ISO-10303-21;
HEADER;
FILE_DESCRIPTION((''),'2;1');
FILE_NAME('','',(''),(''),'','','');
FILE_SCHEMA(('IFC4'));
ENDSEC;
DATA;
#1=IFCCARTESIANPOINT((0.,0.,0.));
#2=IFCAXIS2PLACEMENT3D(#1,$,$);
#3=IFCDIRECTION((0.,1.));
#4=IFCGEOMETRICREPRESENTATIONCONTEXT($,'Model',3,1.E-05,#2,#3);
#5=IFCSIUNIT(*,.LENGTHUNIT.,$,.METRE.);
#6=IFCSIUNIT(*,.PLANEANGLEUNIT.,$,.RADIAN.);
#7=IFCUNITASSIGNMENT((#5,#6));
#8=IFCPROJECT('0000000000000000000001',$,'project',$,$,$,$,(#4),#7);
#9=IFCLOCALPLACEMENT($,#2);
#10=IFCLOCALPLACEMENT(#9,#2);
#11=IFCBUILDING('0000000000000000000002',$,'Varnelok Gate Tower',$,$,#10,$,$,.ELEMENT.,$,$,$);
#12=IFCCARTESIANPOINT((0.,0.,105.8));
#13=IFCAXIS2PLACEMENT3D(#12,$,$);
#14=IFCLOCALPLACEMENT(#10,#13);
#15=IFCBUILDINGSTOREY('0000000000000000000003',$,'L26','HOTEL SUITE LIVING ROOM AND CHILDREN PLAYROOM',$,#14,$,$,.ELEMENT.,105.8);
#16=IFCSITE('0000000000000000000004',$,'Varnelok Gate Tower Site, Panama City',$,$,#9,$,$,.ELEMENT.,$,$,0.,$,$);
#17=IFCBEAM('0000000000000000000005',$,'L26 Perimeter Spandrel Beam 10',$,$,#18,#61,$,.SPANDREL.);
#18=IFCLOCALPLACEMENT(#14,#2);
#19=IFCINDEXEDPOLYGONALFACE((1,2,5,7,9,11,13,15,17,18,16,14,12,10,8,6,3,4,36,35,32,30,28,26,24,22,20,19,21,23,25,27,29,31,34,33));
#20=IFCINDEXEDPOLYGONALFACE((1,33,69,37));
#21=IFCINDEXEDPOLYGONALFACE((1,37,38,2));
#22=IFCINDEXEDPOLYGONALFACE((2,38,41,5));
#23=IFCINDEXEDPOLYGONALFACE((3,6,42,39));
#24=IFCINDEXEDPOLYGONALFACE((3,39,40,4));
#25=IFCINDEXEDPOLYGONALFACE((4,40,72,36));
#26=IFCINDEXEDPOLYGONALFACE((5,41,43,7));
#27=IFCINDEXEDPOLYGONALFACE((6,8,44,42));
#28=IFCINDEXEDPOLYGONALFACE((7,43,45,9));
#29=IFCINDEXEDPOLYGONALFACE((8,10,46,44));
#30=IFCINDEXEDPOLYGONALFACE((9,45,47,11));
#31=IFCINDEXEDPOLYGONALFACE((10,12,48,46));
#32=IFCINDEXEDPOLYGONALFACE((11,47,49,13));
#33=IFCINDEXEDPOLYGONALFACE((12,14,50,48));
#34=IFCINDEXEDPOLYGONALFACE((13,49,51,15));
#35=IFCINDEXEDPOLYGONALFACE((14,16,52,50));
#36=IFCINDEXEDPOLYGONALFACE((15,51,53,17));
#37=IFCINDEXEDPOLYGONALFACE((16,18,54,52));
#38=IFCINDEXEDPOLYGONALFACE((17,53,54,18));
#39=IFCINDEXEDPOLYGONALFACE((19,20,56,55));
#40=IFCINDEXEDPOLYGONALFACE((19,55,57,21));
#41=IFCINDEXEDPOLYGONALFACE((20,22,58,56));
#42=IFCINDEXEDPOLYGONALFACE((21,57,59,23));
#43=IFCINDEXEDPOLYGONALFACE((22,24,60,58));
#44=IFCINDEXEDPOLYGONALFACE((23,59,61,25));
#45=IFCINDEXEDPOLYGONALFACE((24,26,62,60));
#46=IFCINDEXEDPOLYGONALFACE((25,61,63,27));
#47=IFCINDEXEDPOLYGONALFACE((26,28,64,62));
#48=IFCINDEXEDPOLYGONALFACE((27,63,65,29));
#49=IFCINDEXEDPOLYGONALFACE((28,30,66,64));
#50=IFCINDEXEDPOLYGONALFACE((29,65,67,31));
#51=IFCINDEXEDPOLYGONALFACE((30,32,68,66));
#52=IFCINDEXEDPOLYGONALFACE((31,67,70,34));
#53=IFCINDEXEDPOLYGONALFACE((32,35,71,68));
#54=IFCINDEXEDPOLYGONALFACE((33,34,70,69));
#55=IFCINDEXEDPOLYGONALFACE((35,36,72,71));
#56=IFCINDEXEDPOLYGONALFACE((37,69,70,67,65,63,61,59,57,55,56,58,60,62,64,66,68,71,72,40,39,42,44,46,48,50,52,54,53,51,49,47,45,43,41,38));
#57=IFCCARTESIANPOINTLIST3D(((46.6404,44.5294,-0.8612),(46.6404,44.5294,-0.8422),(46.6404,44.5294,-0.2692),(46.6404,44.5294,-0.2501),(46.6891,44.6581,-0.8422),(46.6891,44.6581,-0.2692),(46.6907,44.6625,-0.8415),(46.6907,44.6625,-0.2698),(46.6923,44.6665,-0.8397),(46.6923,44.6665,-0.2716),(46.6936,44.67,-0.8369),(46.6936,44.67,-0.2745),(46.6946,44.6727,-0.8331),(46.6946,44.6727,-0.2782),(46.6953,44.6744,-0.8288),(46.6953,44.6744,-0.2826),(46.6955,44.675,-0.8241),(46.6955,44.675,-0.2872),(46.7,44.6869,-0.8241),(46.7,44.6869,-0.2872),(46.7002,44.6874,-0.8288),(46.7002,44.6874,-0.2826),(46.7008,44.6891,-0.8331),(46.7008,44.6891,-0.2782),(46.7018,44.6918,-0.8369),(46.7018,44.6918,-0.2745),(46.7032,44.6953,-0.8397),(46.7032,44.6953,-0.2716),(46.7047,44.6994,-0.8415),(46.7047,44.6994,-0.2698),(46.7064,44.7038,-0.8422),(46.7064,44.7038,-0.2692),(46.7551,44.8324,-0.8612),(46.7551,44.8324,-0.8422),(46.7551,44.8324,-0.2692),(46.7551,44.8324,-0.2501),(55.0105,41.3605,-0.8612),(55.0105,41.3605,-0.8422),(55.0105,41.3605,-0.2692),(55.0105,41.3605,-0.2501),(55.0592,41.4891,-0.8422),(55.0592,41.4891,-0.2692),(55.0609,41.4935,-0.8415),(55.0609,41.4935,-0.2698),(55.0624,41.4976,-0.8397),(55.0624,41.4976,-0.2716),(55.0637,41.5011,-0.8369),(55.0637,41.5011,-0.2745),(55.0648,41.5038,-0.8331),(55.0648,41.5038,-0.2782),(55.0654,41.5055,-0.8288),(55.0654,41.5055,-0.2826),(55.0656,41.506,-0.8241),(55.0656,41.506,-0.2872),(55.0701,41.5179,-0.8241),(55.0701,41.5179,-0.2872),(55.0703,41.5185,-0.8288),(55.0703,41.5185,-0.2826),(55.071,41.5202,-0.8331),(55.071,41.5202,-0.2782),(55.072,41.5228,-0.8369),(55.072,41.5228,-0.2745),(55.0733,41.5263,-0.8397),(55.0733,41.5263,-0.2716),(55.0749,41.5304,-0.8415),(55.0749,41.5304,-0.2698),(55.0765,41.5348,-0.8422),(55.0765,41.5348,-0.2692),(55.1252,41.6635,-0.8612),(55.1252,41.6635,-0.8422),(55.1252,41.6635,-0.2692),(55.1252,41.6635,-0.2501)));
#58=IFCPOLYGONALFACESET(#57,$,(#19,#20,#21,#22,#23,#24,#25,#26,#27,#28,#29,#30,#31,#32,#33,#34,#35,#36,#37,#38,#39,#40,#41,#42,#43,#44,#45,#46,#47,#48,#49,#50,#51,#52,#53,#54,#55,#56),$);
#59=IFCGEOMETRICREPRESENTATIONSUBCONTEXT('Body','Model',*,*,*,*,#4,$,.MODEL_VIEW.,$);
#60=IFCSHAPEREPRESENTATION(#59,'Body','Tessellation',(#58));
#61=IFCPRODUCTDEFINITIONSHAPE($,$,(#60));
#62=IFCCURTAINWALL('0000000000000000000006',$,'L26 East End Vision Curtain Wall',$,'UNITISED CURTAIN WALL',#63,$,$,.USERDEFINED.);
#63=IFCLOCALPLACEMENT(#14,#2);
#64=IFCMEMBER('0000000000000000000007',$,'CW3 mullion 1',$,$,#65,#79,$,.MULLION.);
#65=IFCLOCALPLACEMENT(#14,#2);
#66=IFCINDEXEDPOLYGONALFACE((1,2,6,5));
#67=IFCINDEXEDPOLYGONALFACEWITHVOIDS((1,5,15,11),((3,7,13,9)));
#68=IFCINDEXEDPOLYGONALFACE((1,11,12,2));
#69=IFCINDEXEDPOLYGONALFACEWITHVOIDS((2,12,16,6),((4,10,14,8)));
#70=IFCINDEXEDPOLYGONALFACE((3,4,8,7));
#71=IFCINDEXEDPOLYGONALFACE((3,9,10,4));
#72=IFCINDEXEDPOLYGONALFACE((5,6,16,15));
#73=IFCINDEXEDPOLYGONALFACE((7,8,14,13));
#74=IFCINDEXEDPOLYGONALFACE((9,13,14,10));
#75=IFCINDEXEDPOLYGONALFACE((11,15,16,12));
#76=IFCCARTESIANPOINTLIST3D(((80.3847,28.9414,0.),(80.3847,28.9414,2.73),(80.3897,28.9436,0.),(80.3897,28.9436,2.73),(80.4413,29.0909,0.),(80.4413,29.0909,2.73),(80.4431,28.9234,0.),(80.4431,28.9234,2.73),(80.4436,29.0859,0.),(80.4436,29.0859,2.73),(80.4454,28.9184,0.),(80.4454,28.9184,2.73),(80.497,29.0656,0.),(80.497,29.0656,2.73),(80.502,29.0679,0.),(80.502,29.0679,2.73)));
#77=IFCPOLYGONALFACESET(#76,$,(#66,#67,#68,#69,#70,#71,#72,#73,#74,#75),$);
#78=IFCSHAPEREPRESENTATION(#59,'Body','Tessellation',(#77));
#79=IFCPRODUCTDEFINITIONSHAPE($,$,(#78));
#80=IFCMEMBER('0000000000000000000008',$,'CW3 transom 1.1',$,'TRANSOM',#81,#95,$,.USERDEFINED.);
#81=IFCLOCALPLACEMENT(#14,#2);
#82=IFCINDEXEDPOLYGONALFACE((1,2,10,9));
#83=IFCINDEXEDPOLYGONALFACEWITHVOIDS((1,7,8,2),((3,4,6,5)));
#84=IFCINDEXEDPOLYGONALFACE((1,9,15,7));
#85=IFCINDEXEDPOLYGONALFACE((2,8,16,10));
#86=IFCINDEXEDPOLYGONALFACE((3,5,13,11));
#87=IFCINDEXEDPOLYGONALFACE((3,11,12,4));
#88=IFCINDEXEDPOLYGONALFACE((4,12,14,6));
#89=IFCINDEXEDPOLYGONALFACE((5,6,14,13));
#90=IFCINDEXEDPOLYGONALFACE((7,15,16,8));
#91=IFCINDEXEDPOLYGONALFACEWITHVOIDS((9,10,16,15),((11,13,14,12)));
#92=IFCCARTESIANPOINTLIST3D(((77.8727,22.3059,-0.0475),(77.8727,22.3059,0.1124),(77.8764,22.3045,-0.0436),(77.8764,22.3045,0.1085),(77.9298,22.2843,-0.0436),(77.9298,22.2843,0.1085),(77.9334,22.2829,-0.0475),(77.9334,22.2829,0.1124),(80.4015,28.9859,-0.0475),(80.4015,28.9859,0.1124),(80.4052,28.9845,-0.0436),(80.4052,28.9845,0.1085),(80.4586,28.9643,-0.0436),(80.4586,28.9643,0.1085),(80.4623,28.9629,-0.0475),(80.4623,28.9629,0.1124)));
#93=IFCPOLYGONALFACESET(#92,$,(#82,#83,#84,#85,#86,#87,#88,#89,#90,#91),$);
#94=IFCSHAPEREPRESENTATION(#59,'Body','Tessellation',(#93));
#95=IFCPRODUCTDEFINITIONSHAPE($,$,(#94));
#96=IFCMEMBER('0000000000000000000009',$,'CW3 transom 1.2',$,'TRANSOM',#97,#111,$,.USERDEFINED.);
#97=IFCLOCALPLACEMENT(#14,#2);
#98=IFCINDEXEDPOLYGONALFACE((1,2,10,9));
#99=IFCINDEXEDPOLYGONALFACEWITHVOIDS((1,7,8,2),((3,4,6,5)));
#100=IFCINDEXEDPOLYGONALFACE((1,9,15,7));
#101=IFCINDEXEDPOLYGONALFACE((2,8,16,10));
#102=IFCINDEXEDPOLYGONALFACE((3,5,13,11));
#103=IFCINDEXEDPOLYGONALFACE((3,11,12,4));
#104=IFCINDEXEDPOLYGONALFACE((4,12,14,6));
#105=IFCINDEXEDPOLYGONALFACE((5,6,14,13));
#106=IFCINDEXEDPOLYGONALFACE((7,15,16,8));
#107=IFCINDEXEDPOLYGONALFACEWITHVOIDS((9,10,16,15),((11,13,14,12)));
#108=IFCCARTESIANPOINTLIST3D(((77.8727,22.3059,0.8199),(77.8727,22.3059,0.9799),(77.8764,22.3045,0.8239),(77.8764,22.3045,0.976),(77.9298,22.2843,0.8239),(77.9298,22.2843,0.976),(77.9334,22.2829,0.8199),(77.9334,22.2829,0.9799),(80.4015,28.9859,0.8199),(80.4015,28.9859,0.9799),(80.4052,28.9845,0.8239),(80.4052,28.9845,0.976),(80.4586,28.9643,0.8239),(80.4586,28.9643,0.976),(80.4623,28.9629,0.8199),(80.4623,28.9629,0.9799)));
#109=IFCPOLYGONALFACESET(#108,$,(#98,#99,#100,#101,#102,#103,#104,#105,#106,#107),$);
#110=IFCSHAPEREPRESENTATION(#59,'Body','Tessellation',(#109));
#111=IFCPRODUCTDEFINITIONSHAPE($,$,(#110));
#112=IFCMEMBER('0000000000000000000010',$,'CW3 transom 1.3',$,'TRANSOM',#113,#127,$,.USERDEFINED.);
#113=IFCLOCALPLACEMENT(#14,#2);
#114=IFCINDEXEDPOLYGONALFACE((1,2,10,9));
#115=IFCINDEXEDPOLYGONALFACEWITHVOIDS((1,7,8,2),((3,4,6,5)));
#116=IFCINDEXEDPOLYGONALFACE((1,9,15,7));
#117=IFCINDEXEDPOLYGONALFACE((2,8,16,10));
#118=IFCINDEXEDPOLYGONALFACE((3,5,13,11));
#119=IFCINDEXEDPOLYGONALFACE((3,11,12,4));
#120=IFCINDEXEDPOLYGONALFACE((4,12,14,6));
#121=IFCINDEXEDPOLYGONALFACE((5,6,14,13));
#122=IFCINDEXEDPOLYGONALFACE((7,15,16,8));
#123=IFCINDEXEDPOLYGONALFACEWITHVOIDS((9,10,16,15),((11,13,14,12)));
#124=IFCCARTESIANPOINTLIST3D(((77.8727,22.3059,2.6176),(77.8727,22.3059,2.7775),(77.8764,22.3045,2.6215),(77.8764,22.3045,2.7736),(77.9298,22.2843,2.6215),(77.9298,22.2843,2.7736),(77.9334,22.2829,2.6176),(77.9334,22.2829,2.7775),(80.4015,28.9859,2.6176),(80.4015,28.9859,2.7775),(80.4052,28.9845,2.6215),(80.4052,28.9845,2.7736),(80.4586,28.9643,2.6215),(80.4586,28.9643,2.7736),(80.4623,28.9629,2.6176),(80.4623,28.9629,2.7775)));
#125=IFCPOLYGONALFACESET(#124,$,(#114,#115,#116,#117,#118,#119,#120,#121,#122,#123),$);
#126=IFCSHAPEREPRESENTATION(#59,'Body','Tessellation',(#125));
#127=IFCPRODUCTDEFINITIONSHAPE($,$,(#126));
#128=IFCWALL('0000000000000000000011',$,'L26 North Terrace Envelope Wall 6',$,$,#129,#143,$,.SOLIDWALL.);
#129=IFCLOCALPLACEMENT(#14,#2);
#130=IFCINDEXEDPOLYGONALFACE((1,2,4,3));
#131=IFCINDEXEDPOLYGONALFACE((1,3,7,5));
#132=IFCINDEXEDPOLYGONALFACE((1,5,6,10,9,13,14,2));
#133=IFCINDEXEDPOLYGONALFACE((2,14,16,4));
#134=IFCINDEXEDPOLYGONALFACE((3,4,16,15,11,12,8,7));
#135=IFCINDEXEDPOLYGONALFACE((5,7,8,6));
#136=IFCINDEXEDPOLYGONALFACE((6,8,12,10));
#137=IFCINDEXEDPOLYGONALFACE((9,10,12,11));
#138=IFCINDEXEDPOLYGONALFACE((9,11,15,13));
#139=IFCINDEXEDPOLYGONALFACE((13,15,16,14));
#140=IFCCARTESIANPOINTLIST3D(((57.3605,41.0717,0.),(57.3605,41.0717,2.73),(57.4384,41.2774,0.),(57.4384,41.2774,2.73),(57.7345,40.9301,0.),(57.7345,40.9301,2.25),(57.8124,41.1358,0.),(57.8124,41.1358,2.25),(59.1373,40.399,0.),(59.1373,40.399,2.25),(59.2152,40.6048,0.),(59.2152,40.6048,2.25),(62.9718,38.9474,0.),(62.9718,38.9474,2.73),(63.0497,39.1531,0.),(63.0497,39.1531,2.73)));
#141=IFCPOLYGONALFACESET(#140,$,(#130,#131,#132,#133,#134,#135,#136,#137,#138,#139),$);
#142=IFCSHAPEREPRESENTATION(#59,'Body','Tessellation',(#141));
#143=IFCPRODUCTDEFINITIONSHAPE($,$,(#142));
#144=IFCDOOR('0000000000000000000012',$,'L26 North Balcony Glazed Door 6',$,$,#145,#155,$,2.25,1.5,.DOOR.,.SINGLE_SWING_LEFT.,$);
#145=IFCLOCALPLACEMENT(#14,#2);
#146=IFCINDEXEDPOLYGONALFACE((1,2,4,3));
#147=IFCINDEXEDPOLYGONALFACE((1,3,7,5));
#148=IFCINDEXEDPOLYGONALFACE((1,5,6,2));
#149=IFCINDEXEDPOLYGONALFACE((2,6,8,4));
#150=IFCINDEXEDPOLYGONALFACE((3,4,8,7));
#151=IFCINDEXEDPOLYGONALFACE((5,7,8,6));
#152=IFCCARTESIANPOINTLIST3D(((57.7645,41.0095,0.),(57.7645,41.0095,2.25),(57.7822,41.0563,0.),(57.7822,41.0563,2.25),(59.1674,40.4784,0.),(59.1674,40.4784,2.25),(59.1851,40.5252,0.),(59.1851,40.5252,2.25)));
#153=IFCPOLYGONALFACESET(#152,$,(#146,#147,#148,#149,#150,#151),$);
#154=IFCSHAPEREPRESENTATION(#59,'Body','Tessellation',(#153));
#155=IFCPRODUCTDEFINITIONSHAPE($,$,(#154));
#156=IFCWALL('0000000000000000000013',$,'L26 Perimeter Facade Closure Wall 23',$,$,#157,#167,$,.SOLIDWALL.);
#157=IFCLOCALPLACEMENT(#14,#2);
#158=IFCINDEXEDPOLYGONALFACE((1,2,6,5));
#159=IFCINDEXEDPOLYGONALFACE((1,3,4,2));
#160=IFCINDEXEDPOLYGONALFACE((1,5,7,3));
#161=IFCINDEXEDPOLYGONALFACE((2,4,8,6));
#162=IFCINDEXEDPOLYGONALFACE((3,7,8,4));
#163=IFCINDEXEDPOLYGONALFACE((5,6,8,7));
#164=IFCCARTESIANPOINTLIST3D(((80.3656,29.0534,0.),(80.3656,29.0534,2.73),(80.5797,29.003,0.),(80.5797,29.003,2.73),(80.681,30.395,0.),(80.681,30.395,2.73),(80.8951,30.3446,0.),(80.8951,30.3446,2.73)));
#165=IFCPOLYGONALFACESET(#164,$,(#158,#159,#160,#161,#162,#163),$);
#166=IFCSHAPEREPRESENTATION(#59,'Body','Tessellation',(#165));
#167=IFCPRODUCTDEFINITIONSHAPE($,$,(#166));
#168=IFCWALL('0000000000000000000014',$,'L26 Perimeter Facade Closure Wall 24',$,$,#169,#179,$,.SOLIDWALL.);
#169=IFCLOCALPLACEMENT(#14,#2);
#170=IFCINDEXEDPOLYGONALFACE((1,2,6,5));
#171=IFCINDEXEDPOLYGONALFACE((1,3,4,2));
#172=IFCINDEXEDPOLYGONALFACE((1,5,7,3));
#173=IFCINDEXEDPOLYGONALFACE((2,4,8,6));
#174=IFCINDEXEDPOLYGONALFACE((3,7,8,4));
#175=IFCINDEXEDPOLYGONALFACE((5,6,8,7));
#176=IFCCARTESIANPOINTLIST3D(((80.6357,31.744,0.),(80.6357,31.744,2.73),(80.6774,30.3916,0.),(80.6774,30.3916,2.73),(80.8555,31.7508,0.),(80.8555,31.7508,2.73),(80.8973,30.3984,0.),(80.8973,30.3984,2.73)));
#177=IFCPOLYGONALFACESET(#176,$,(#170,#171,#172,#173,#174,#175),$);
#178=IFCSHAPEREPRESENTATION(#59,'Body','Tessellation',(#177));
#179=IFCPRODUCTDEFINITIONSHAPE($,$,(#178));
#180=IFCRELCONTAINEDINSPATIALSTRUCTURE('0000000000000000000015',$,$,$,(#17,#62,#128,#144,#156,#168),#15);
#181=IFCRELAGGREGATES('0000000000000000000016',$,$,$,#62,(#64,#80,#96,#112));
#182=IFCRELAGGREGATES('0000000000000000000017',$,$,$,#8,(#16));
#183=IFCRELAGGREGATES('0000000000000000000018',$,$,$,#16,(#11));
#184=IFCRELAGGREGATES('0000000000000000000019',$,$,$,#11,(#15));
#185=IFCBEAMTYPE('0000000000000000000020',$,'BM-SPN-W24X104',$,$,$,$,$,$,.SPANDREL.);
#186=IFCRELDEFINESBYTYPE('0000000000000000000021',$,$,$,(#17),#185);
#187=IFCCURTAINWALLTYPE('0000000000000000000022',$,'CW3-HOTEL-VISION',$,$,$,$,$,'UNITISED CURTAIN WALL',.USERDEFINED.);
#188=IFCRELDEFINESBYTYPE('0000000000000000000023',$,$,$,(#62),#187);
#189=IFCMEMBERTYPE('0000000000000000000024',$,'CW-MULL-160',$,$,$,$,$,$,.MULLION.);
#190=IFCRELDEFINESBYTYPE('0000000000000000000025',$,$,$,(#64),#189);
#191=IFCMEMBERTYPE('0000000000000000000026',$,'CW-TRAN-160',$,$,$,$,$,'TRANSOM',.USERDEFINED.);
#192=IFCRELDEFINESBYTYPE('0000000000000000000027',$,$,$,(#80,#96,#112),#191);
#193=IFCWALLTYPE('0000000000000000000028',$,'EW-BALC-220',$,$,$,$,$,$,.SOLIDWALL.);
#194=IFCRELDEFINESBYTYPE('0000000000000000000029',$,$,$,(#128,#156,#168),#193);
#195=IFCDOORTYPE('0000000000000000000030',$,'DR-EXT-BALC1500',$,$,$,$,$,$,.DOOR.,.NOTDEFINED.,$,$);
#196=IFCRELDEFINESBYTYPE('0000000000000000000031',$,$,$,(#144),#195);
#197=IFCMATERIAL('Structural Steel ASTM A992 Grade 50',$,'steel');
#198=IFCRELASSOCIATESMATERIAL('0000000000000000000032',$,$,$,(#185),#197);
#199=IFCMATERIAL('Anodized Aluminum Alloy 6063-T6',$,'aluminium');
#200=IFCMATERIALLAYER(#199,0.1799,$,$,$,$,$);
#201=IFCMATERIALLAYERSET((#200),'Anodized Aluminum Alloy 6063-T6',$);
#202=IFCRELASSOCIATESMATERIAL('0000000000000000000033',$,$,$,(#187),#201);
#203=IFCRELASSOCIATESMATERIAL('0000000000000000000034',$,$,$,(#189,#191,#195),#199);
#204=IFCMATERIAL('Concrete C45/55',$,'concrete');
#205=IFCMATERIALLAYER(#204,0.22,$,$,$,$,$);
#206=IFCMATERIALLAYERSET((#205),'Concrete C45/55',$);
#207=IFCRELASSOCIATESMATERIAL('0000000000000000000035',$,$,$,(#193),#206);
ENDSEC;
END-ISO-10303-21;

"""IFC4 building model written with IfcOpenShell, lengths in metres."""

from ifc_helpers import new_model, si_unit, direction, frame, frame_2d, origin, origin_2d, place, context, subcontext, project, spatial, rectangle, hollow_rectangle, i_section, extrude, material, layer, layer_set, material_profile, profile_set, type_object, element, fill, aggregate, save


model = new_model("IFC4")

# Units and contexts
model_context = context("Model", 3, precision=1e-05, world=origin(), true_north=direction((0.0, 1.0)))
body_context = subcontext(model_context, "Body", "Model", "MODEL_VIEW")
ifc_project = project(units=[si_unit("LENGTHUNIT", "METRE"), si_unit("PLANEANGLEUNIT", "RADIAN")], contexts=[model_context])

# Site, building, storey
site_placement = place(None, origin())
site = spatial("IfcSite", under=ifc_project, at=site_placement, Name="Varnelok Gate Tower Site, Panama City", CompositionType="ELEMENT", RefElevation=0.0)
building_placement = place(site_placement, origin())
building = spatial("IfcBuilding", under=site, at=building_placement, Name="Varnelok Gate Tower", CompositionType="ELEMENT")
storey_placement = place(building_placement, frame((0.0, 0.0, 105.8)))
storey = spatial("IfcBuildingStorey", under=building, at=storey_placement, Name="L26", Description="HOTEL SUITE LIVING ROOM AND CHILDREN PLAYROOM", CompositionType="ELEMENT", Elevation=105.8)

# Shared definitions
ifc_material_1 = material(Name="Structural Steel ASTM A992 Grade 50", Category="steel")

# Beam
ifc_material_profile_1 = material_profile(ifc_material_1, i_section(OverallWidth=0.324, OverallDepth=0.6111, WebThickness=0.0127, FlangeThickness=0.019, FilletRadius=0.0181, at=origin_2d()), Name="W24X104")
ifc_profile_set_1 = profile_set([ifc_material_profile_1], Name="Structural Steel ASTM A992 Grade 50")
beam_type_1 = type_object("IfcBeamType", Name="BM-SPN-W24X104", PredefinedType="SPANDREL", material=ifc_profile_set_1)
beam_1_placement = place(storey_placement, frame((55.0679, 41.512, -0.5557), z_axis=(-0.935217, 0.354075, 0.0), x_axis=(-0.354075, -0.935217, 0.0)))
element("IfcBeam", 1, at=beam_1_placement, inside=storey, type_object=beam_type_1, Name="L26 Perimeter Spandrel Beam 10", PredefinedType="SPANDREL", context=body_context, shape_type="SweptSolid", body=[
    extrude(i_section(OverallWidth=0.324, OverallDepth=0.6111, WebThickness=0.0127, FlangeThickness=0.019, FilletRadius=0.0181, at=origin_2d()), origin(), (0.0, 0.0, 1.0), 8.95),
])

# Curtain wall, members
ifc_material_2 = material(Name="Anodized Aluminum Alloy 6063-T6", Category="aluminium")
ifc_layer_1 = layer(ifc_material_2, 0.1799)
ifc_layer_set_1 = layer_set([ifc_layer_1], Name="Anodized Aluminum Alloy 6063-T6")
curtain_wall_type = type_object("IfcCurtainWallType", Name="CW3-HOTEL-VISION", ElementType="UNITISED CURTAIN WALL", PredefinedType="USERDEFINED", material=ifc_layer_set_1)
curtain_wall_placement = place(storey_placement, origin())
curtain_wall = element("IfcCurtainWall", 2, at=curtain_wall_placement, inside=storey, type_object=curtain_wall_type, Name="L26 East End Vision Curtain Wall", ObjectType="UNITISED CURTAIN WALL", PredefinedType="USERDEFINED")
ifc_material_profile_2 = material_profile(ifc_material_2, hollow_rectangle(XDim=0.0649, YDim=0.1599, WallThickness=0.0039, at=origin_2d()), Name="ALU160X65X4")
ifc_profile_set_2 = profile_set([ifc_material_profile_2], Name="Anodized Aluminum Alloy 6063-T6")
member_type_1 = type_object("IfcMemberType", Name="CW-MULL-160", PredefinedType="MULLION", material=ifc_profile_set_2)
member_1_placement = place(storey_placement, frame((80.4434, 29.0046, 0.0), z_axis=(0.0, 0.0, 1.0), x_axis=(0.935221, -0.354064, 0.0)))
member_1 = element("IfcMember", 3, at=member_1_placement, type_object=member_type_1, Name="CW3 mullion 1", PredefinedType="MULLION", context=body_context, shape_type="SweptSolid", body=[
    extrude(hollow_rectangle(XDim=0.0649, YDim=0.1599, WallThickness=0.0039, at=origin_2d()), origin(), (0.0, 0.0, 1.0), 2.73),
])
ifc_material_profile_3 = material_profile(ifc_material_2, hollow_rectangle(XDim=0.0649, YDim=0.1599, WallThickness=0.0039, at=origin_2d()), Name="ALU160X65X4")
ifc_profile_set_3 = profile_set([ifc_material_profile_3], Name="Anodized Aluminum Alloy 6063-T6")
member_type_2 = type_object("IfcMemberType", Name="CW-TRAN-160", ElementType="TRANSOM", PredefinedType="USERDEFINED", material=ifc_profile_set_3)
member_2_placement = place(storey_placement, frame((80.4319, 28.9744, 0.0325), z_axis=(-0.354047, -0.935228, 0.0), x_axis=(0.935228, -0.354047, 0.0)))
member_2 = element("IfcMember", 4, at=member_2_placement, type_object=member_type_2, Name="CW3 transom 1.1", ObjectType="TRANSOM", PredefinedType="USERDEFINED", context=body_context, shape_type="SweptSolid", body=[
    extrude(hollow_rectangle(XDim=0.0649, YDim=0.1599, WallThickness=0.0039, at=origin_2d()), origin(), (0.0, 0.0, 1.0), 7.1426),
])
member_3_placement = place(storey_placement, frame((80.4319, 28.9744, 0.8999), z_axis=(-0.354047, -0.935228, 0.0), x_axis=(0.935228, -0.354047, 0.0)))
member_3 = element("IfcMember", 5, at=member_3_placement, type_object=member_type_2, Name="CW3 transom 1.2", ObjectType="TRANSOM", PredefinedType="USERDEFINED", context=body_context, shape_type="SweptSolid", body=[
    extrude(hollow_rectangle(XDim=0.0649, YDim=0.1599, WallThickness=0.0039, at=origin_2d()), origin(), (0.0, 0.0, 1.0), 7.1426),
])
member_4_placement = place(storey_placement, frame((80.4319, 28.9744, 2.6975), z_axis=(-0.354047, -0.935228, 0.0), x_axis=(0.935228, -0.354047, 0.0)))
member_4 = element("IfcMember", 6, at=member_4_placement, type_object=member_type_2, Name="CW3 transom 1.3", ObjectType="TRANSOM", PredefinedType="USERDEFINED", context=body_context, shape_type="SweptSolid", body=[
    extrude(hollow_rectangle(XDim=0.0649, YDim=0.1599, WallThickness=0.0039, at=origin_2d()), origin(), (0.0, 0.0, 1.0), 7.1426),
])
aggregate(curtain_wall, [member_1, member_2, member_3, member_4])

# Wall, opening, door
ifc_material_3 = material(Name="Concrete C45/55", Category="concrete")
ifc_layer_2 = layer(ifc_material_3, 0.22)
ifc_layer_set_2 = layer_set([ifc_layer_2], Name="Concrete C45/55")
wall_type = type_object("IfcWallType", Name="EW-BALC-220", PredefinedType="SOLIDWALL", material=ifc_layer_set_2)
wall_1_placement = place(storey_placement, frame((57.3994, 41.1746, 0.0), z_axis=(0.0, 0.0, 1.0), x_axis=(0.935228, -0.354047, 0.0)))
wall_1 = element("IfcWall", 7, at=wall_1_placement, inside=storey, type_object=wall_type, Name="L26 North Terrace Envelope Wall 6", PredefinedType="SOLIDWALL", context=body_context, shape_type="SweptSolid", body=[
    extrude(rectangle(XDim=6.0, YDim=0.22, at=frame_2d((3.0, 0.0))), origin(), (0.0, 0.0, 1.0), 2.73),
])
opening_1_placement = place(wall_1_placement, frame((0.3999, 0.0, 0.0)))
opening_1 = element("IfcOpeningElement", 8, at=opening_1_placement, cuts=wall_1, PredefinedType="OPENING", context=body_context, shape_type="SweptSolid", body=[
    extrude(rectangle(XDim=1.5, YDim=2.25, at=frame_2d((0.75, 1.125))), frame((0.0, 0.1199, 0.0), z_axis=(0.0, -1.0, 0.0), x_axis=(1.0, 0.0, 0.0)), (0.0, 0.0, 1.0), 0.24),
])
door_type = type_object("IfcDoorType", Name="DR-EXT-BALC1500", OperationType="NOTDEFINED", PredefinedType="DOOR", material=ifc_material_2)
door_placement = place(opening_1_placement, origin())
door = element("IfcDoor", 9, at=door_placement, inside=storey, type_object=door_type, Name="L26 North Balcony Glazed Door 6", OperationType="SINGLE_SWING_LEFT", OverallHeight=2.25, OverallWidth=1.5, PredefinedType="DOOR", context=body_context, shape_type="SweptSolid", body=[
    extrude(rectangle(XDim=1.5, YDim=2.25, at=frame_2d((0.75, 1.125))), frame((0.0, 0.0249, 0.0), z_axis=(0.0, -1.0, 0.0), x_axis=(1.0, 0.0, 0.0)), (0.0, 0.0, 1.0), 0.05),
])
fill(opening_1, door)

# Walls
wall_2_placement = place(storey_placement, frame((80.4727, 29.0283, 0.0), z_axis=(0.0, 0.0, 1.0), x_axis=(0.228881, 0.973454, 0.0)))
element("IfcWall", 10, at=wall_2_placement, inside=storey, type_object=wall_type, Name="L26 Perimeter Facade Closure Wall 23", PredefinedType="SOLIDWALL", context=body_context, shape_type="SweptSolid", body=[
    extrude(rectangle(XDim=1.3782, YDim=0.22, at=frame_2d((0.689, 0.0))), origin(), (0.0, 0.0, 1.0), 2.73),
])
for number, where, z_axis, x_axis, name in (
    (11, (80.7874, 30.395, 0.0), (0.0, 0.0, 1.0), (-0.030857, 0.999524, 0.0), "L26 Perimeter Facade Closure Wall 24"),
):
    element("IfcWall", number, at=place(storey_placement, frame(where, z_axis=z_axis, x_axis=x_axis)), inside=storey, type_object=wall_type, Name=name, PredefinedType="SOLIDWALL", context=body_context, shape_type="SweptSolid", body=[
        extrude(rectangle(XDim=1.353, YDim=0.22, at=frame_2d((0.6765, 0.0))), origin(), (0.0, 0.0, 1.0), 2.73),
    ])

save(model, "model.ifc")
